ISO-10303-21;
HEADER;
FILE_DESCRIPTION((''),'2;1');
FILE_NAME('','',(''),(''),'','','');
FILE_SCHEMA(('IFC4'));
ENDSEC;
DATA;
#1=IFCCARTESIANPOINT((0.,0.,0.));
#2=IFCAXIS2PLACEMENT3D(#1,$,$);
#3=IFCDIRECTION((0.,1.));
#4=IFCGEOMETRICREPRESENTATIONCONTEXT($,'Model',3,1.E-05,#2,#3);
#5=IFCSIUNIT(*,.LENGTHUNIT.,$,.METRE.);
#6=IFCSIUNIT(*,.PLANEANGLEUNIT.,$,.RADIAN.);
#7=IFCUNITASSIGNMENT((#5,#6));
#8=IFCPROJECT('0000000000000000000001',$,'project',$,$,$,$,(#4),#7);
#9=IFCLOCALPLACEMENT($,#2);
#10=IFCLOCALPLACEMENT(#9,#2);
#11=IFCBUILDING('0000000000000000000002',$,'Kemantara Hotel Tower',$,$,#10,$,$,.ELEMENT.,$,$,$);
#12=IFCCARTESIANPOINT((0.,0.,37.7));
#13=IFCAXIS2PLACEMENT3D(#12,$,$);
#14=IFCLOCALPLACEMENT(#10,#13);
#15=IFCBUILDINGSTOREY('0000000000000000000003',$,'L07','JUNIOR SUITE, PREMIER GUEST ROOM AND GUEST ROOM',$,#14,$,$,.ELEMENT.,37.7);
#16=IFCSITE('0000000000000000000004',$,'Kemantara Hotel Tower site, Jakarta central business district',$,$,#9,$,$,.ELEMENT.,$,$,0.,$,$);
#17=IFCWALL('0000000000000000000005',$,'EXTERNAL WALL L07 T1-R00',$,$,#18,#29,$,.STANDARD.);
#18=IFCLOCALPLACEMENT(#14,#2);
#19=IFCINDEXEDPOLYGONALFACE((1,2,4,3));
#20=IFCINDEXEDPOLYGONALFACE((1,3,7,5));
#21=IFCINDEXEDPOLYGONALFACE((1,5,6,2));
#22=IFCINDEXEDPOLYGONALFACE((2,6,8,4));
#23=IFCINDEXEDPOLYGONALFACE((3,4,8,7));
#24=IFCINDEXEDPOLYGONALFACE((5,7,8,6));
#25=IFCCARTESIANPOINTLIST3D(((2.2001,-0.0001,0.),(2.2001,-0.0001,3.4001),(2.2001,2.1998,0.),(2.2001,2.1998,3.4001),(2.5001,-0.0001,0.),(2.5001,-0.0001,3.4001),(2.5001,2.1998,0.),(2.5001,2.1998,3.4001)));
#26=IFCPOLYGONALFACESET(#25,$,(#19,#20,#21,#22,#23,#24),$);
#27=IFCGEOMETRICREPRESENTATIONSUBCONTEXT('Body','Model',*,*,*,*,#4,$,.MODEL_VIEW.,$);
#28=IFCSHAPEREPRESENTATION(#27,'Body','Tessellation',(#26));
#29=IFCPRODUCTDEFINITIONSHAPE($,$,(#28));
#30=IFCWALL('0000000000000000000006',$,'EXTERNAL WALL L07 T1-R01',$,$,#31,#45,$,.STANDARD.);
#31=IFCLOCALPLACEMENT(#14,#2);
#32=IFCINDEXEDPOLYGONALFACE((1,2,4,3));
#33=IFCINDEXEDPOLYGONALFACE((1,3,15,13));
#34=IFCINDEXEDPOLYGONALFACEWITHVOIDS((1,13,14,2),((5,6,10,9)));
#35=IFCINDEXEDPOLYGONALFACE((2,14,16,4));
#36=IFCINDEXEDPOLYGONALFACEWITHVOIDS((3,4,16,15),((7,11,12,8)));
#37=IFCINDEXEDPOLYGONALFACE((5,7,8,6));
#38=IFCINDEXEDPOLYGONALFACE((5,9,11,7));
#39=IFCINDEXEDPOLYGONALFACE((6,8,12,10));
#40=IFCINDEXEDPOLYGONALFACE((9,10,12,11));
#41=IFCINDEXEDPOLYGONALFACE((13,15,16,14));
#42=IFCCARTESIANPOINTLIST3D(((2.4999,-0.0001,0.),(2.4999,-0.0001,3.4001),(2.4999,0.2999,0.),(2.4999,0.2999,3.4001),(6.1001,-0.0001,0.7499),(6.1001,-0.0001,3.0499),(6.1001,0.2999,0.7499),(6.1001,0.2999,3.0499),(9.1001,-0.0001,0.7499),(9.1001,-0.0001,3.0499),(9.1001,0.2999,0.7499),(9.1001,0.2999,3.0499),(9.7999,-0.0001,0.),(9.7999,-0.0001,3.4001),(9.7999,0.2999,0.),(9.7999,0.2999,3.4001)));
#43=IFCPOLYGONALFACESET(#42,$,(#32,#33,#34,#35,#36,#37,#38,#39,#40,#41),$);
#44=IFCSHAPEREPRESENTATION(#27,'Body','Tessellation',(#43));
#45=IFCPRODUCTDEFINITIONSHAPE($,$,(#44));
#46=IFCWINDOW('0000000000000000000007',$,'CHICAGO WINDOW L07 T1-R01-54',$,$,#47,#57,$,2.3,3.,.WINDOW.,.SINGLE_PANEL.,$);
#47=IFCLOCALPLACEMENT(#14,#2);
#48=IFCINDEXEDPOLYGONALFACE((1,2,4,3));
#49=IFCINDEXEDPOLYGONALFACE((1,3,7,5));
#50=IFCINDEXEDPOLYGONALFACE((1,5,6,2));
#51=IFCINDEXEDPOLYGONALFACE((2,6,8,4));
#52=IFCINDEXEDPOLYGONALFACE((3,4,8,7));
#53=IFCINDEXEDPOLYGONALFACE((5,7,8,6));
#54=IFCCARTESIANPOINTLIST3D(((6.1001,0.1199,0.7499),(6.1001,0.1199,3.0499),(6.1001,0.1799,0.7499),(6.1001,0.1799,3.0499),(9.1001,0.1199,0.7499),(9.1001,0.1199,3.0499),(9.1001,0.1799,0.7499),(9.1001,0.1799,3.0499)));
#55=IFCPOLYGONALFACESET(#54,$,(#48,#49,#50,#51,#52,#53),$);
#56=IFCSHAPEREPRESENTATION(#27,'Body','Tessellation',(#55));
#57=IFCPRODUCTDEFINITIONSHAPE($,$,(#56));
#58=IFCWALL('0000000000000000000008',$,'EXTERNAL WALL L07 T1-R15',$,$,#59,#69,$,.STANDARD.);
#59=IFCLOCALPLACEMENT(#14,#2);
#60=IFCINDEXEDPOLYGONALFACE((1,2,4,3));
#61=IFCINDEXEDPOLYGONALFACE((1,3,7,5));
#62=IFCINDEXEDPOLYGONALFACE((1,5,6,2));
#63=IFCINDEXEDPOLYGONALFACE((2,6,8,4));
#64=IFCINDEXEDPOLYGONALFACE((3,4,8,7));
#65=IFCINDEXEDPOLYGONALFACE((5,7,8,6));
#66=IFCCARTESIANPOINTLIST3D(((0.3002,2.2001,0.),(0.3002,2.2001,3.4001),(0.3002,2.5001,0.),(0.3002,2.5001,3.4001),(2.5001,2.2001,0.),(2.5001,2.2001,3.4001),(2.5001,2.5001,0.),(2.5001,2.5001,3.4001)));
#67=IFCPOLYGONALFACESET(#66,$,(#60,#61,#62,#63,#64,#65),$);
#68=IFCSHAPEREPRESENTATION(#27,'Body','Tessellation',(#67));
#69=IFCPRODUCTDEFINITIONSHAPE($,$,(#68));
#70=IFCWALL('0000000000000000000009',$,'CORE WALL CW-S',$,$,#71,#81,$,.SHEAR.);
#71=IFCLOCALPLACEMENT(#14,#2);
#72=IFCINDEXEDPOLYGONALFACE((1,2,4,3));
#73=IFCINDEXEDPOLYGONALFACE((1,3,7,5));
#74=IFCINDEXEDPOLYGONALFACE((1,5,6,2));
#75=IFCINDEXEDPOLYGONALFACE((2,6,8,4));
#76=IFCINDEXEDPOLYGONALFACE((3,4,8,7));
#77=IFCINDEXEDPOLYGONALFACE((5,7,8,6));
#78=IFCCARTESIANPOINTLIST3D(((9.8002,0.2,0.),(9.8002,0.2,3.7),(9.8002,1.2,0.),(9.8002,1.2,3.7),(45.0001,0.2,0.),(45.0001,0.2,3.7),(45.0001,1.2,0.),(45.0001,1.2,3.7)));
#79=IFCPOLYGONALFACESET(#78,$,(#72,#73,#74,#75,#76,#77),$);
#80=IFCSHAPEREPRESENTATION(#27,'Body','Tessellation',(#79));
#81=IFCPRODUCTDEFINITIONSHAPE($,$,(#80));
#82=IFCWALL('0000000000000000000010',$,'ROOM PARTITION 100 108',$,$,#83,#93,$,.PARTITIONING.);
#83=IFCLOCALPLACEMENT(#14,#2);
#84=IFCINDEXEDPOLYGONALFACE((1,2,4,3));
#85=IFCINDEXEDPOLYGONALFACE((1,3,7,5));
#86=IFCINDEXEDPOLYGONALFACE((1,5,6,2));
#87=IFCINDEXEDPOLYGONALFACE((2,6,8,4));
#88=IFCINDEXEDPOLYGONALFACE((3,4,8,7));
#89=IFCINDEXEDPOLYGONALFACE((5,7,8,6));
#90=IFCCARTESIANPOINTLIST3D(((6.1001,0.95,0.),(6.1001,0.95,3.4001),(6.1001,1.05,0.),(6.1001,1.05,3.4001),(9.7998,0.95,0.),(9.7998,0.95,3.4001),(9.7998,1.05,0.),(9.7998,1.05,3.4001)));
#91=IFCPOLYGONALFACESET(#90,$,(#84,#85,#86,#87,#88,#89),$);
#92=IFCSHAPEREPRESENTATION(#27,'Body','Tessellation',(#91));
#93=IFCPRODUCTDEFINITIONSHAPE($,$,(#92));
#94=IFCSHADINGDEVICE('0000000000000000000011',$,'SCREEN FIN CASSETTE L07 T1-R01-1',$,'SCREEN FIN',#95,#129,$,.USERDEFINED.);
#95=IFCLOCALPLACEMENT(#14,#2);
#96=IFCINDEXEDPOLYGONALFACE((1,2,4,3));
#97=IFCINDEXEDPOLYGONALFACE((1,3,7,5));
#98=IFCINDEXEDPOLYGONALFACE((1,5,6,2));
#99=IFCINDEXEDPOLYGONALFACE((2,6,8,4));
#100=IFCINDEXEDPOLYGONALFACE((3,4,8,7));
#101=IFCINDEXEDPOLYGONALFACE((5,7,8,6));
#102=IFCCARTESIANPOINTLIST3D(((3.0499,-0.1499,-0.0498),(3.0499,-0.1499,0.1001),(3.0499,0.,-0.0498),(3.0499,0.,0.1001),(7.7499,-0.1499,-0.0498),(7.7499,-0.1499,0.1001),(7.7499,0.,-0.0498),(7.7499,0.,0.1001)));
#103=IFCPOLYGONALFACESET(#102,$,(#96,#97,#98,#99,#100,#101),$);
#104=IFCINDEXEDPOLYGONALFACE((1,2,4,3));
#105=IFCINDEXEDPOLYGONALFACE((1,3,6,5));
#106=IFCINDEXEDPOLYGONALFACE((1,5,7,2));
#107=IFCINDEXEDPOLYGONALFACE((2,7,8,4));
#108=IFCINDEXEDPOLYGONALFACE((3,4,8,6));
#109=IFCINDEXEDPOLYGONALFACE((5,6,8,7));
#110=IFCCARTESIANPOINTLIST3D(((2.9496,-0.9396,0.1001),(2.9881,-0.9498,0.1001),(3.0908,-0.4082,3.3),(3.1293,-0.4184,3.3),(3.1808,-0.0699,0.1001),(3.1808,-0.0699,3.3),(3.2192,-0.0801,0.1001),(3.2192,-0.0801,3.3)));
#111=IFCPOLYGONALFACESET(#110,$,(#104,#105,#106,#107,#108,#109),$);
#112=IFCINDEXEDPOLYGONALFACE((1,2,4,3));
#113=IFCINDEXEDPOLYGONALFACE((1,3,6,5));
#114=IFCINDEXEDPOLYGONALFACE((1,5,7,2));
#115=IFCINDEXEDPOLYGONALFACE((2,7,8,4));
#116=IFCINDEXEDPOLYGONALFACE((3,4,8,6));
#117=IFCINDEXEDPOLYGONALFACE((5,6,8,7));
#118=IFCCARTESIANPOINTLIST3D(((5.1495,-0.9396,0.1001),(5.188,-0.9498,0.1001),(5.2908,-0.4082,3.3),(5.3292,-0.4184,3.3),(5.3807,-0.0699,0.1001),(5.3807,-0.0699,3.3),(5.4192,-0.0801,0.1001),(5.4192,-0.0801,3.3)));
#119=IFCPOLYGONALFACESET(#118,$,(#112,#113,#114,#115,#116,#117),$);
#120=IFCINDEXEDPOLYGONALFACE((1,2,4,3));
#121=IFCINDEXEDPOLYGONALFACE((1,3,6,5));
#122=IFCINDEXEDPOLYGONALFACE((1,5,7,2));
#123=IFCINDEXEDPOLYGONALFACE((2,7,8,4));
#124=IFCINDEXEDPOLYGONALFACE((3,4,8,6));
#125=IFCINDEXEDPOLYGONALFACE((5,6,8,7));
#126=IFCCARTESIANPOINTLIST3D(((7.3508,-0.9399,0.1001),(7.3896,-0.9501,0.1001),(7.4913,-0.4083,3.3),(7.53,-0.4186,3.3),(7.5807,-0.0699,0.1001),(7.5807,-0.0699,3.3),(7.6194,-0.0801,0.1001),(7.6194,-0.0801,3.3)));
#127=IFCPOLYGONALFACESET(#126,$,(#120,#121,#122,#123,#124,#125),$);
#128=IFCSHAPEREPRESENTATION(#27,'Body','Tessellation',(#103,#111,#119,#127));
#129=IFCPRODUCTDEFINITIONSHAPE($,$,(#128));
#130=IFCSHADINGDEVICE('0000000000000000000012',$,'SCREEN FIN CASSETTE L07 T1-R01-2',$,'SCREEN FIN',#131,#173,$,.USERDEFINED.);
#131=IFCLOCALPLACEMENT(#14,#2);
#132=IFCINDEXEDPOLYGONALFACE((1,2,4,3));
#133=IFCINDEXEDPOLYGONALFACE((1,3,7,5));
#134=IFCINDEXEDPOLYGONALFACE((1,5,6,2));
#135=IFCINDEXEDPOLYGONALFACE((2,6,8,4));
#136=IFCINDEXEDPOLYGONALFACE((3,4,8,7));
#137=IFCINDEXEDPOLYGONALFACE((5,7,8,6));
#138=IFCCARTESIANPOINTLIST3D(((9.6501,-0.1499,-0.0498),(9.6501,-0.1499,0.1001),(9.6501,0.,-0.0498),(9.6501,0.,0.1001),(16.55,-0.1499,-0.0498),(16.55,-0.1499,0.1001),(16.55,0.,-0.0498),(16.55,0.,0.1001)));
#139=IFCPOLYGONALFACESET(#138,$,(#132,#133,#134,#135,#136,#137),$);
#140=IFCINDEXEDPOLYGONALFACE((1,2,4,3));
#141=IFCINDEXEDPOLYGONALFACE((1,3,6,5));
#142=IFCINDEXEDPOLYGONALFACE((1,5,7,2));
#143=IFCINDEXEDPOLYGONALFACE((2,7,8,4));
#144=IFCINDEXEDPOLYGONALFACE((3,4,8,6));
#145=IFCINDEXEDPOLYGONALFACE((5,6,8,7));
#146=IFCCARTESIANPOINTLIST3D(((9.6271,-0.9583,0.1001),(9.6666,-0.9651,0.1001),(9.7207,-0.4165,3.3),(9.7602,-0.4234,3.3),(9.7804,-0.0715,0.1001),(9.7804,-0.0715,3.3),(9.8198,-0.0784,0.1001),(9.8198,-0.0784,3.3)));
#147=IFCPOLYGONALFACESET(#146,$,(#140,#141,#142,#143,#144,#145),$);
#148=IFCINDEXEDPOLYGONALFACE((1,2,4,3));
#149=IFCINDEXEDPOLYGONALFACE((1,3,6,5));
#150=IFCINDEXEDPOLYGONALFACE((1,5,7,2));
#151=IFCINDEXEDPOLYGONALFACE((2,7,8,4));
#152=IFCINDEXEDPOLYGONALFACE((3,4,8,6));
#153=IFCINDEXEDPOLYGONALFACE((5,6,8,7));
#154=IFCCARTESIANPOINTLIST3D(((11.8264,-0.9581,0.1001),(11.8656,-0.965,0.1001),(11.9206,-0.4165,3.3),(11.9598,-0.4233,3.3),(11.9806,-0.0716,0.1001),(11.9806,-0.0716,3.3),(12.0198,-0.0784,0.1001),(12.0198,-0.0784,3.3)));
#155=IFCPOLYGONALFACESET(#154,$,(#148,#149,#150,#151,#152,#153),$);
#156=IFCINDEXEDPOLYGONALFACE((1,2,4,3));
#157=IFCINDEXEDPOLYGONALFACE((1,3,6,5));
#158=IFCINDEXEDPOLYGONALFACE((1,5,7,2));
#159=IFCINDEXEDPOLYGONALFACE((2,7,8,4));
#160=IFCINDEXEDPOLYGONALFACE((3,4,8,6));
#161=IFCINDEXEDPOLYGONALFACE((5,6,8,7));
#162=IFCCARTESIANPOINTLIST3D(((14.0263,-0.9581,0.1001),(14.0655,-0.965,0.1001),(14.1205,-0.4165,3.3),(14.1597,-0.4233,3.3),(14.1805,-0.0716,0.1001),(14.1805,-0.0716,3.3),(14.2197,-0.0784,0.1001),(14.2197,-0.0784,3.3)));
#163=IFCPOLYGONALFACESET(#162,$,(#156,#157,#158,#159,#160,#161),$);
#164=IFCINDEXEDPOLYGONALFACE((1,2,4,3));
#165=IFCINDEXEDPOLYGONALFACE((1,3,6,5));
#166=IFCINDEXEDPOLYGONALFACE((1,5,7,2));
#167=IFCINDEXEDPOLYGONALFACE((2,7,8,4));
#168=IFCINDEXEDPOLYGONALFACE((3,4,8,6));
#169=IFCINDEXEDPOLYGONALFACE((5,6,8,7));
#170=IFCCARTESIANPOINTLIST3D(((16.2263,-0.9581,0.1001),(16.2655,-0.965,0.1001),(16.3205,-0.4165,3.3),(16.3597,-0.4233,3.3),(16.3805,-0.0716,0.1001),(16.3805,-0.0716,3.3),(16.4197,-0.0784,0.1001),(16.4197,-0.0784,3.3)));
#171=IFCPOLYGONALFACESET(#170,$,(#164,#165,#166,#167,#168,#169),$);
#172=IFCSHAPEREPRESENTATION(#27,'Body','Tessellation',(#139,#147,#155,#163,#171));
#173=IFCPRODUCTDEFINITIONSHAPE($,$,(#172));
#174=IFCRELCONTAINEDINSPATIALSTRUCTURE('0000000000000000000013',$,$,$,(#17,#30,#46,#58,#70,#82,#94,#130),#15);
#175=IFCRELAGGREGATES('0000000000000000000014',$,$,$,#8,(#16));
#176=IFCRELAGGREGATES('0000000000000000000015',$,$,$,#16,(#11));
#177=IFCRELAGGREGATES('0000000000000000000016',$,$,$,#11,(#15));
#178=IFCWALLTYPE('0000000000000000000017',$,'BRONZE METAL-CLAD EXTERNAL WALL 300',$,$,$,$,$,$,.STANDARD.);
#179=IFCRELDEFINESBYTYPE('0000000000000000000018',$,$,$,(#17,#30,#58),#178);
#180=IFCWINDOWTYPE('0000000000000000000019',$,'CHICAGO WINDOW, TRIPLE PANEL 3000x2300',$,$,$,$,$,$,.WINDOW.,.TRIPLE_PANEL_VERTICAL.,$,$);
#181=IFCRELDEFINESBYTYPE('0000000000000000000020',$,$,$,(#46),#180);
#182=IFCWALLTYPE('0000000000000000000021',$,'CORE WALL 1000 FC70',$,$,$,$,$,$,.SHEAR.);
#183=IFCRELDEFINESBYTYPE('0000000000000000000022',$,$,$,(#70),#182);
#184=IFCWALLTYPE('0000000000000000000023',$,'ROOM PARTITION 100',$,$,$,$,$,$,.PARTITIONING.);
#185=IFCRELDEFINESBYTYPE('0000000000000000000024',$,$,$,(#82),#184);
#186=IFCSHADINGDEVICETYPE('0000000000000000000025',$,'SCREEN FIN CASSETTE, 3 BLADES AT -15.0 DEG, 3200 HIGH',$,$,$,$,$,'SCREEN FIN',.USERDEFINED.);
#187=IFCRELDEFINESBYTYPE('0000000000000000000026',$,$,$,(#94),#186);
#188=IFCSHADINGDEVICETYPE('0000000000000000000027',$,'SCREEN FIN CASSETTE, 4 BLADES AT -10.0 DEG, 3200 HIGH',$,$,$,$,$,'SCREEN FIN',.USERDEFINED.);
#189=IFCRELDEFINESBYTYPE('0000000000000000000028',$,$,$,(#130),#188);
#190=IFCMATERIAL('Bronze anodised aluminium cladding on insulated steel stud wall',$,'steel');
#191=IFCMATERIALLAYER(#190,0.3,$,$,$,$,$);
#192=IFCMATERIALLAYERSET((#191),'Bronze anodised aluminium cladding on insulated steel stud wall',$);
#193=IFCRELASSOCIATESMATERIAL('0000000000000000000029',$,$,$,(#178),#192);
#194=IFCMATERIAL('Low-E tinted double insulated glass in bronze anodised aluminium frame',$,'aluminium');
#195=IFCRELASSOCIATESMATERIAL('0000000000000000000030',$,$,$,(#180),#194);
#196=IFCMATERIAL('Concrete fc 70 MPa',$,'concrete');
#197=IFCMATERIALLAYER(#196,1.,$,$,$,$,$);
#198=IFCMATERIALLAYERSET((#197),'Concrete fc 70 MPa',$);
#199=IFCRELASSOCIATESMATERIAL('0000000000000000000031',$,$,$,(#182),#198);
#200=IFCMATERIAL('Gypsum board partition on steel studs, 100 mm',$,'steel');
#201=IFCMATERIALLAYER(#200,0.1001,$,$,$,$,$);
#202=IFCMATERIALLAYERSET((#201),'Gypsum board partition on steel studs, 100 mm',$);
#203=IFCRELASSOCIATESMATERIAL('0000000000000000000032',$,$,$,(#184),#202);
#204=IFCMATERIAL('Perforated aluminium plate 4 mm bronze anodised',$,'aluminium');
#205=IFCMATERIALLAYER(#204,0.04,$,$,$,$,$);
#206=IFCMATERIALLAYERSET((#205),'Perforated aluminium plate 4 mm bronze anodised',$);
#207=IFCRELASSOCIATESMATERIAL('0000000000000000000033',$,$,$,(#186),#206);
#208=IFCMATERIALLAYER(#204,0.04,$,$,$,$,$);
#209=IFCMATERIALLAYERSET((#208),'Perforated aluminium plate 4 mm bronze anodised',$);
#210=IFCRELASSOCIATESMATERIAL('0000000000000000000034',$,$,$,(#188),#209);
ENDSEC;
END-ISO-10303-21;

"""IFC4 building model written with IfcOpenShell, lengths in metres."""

from ifc_helpers import new_model, si_unit, direction, frame, frame_2d, origin, origin_2d, place, context, subcontext, project, spatial, polyline, rectangle, outline, extrude, source, transform, mapped, material, layer, layer_set, type_object, element, fill, save


model = new_model("IFC4")

# Units and contexts
model_context = context("Model", 3, precision=1e-05, world=origin(), true_north=direction((0.0, 1.0)))
body_context = subcontext(model_context, "Body", "Model", "MODEL_VIEW")
ifc_project = project(units=[si_unit("LENGTHUNIT", "METRE"), si_unit("PLANEANGLEUNIT", "RADIAN")], contexts=[model_context])

# Site, building, storey
site_placement = place(None, origin())
site = spatial("IfcSite", under=ifc_project, at=site_placement, Name="Kemantara Hotel Tower site, Jakarta central business district", CompositionType="ELEMENT", RefElevation=0.0)
building_placement = place(site_placement, origin())
building = spatial("IfcBuilding", under=site, at=building_placement, Name="Kemantara Hotel Tower", CompositionType="ELEMENT")
storey_placement = place(building_placement, frame((0.0, 0.0, 37.7)))
storey = spatial("IfcBuildingStorey", under=building, at=storey_placement, Name="L07", Description="JUNIOR SUITE, PREMIER GUEST ROOM AND GUEST ROOM", CompositionType="ELEMENT", Elevation=37.7)

# Wall
ifc_material_1 = material(Name="Bronze anodised aluminium cladding on insulated steel stud wall", Category="steel")
ifc_layer_1 = layer(ifc_material_1, 0.3)
ifc_layer_set_1 = layer_set([ifc_layer_1], Name="Bronze anodised aluminium cladding on insulated steel stud wall")
wall_type_1 = type_object("IfcWallType", Name="BRONZE METAL-CLAD EXTERNAL WALL 300", PredefinedType="STANDARD", material=ifc_layer_set_1)
wall_1_placement = place(storey_placement, frame((2.3501, 2.2, 0.0), z_axis=(0.0, 0.0, 1.0), x_axis=(0.0, -1.0, 0.0)))
element("IfcWall", 1, at=wall_1_placement, inside=storey, type_object=wall_type_1, Name="EXTERNAL WALL L07 T1-R00", PredefinedType="STANDARD", context=body_context, shape_type="SweptSolid", body=[
    extrude(rectangle(XDim=2.2, YDim=0.3, at=frame_2d((1.1001, 0.0))), origin(), (0.0, 0.0, 1.0), 3.4001),
])

# Wall, opening, window
wall_2_placement = place(storey_placement, frame((2.5, 0.1499, 0.0), z_axis=(0.0, 0.0, 1.0), x_axis=(1.0, 0.0, 0.0)))
wall_2 = element("IfcWall", 2, at=wall_2_placement, inside=storey, type_object=wall_type_1, Name="EXTERNAL WALL L07 T1-R01", PredefinedType="STANDARD", context=body_context, shape_type="SweptSolid", body=[
    extrude(rectangle(XDim=7.3, YDim=0.3, at=frame_2d((3.6499, 0.0))), origin(), (0.0, 0.0, 1.0), 3.4001),
])
opening_placement = place(wall_2_placement, frame((3.6001, 0.0, 0.75)))
opening = element("IfcOpeningElement", 3, at=opening_placement, cuts=wall_2, PredefinedType="OPENING", context=body_context, shape_type="SweptSolid", body=[
    extrude(rectangle(XDim=3.0, YDim=2.3, at=frame_2d((1.5, 1.1499))), frame((0.0, 0.1599, 0.0), z_axis=(0.0, -1.0, 0.0), x_axis=(1.0, 0.0, 0.0)), (0.0, 0.0, 1.0), 0.3201),
])
ifc_material_2 = material(Name="Low-E tinted double insulated glass in bronze anodised aluminium frame", Category="aluminium")
window_type = type_object("IfcWindowType", Name="CHICAGO WINDOW, TRIPLE PANEL 3000x2300", PartitioningType="TRIPLE_PANEL_VERTICAL", PredefinedType="WINDOW", material=ifc_material_2)
window_placement = place(opening_placement, origin())
window = element("IfcWindow", 4, at=window_placement, inside=storey, type_object=window_type, Name="CHICAGO WINDOW L07 T1-R01-54", OverallHeight=2.3, OverallWidth=3.0, PartitioningType="SINGLE_PANEL", PredefinedType="WINDOW", context=body_context, shape_type="SweptSolid", body=[
    extrude(rectangle(XDim=3.0, YDim=2.3, at=frame_2d((1.5, 1.1499))), frame((0.0, 0.03, 0.0), z_axis=(0.0, -1.0, 0.0), x_axis=(1.0, 0.0, 0.0)), (0.0, 0.0, 1.0), 0.0601),
])
fill(opening, window)

# Walls
wall_3_placement = place(storey_placement, frame((0.3, 2.3501, 0.0), z_axis=(0.0, 0.0, 1.0), x_axis=(1.0, 0.0, 0.0)))
element("IfcWall", 5, at=wall_3_placement, inside=storey, type_object=wall_type_1, Name="EXTERNAL WALL L07 T1-R15", PredefinedType="STANDARD", context=body_context, shape_type="SweptSolid", body=[
    extrude(rectangle(XDim=2.2, YDim=0.3, at=frame_2d((1.1001, 0.0))), origin(), (0.0, 0.0, 1.0), 3.4001),
])
ifc_material_3 = material(Name="Concrete fc 70 MPa", Category="concrete")
ifc_layer_2 = layer(ifc_material_3, 1.0)
ifc_layer_set_2 = layer_set([ifc_layer_2], Name="Concrete fc 70 MPa")
wall_type_2 = type_object("IfcWallType", Name="CORE WALL 1000 FC70", PredefinedType="SHEAR", material=ifc_layer_set_2)
wall_4_placement = place(storey_placement, frame((9.8, 0.7, 0.0), z_axis=(0.0, 0.0, 1.0), x_axis=(1.0, 0.0, 0.0)))
element("IfcWall", 6, at=wall_4_placement, inside=storey, type_object=wall_type_2, Name="CORE WALL CW-S", PredefinedType="SHEAR", context=body_context, shape_type="SweptSolid", body=[
    extrude(rectangle(XDim=35.2, YDim=1.0, at=frame_2d((17.6001, 0.0))), origin(), (0.0, 0.0, 1.0), 3.7),
])
ifc_material_4 = material(Name="Gypsum board partition on steel studs, 100 mm", Category="steel")
ifc_layer_3 = layer(ifc_material_4, 0.1001)
ifc_layer_set_3 = layer_set([ifc_layer_3], Name="Gypsum board partition on steel studs, 100 mm")
wall_type_3 = type_object("IfcWallType", Name="ROOM PARTITION 100", PredefinedType="PARTITIONING", material=ifc_layer_set_3)
wall_5_placement = place(storey_placement, frame((6.1001, 1.0, 0.0), z_axis=(0.0, 0.0, 1.0), x_axis=(1.0, 0.0, 0.0)))
element("IfcWall", 7, at=wall_5_placement, inside=storey, type_object=wall_type_3, Name="ROOM PARTITION 100 108", PredefinedType="PARTITIONING", context=body_context, shape_type="SweptSolid", body=[
    extrude(rectangle(XDim=3.6997, YDim=0.1001, at=frame_2d((1.8499, 0.0))), origin(), (0.0, 0.0, 1.0), 3.4001),
])

# Shading devices
ifc_material_5 = material(Name="Perforated aluminium plate 4 mm bronze anodised", Category="aluminium")
ifc_layer_4 = layer(ifc_material_5, 0.04)
ifc_layer_set_4 = layer_set([ifc_layer_4], Name="Perforated aluminium plate 4 mm bronze anodised")
shading_device_type_1 = type_object("IfcShadingDeviceType", Name="SCREEN FIN CASSETTE, 3 BLADES AT -15.0 DEG, 3200 HIGH", ElementType="SCREEN FIN", PredefinedType="USERDEFINED", material=ifc_layer_set_4)
shared_shape_1 = source(origin(), body_context, "Body", "SweptSolid", [
    extrude(rectangle(XDim=4.7, YDim=0.1499, at=origin_2d()), frame((2.2, -0.075, -0.1499), z_axis=(0.0, 0.0, 1.0), x_axis=(1.0, 0.0, 0.0)), (0.0, 0.0, 1.0), 0.1499),
    extrude(outline(polyline([(0.0, 0.0), (0.8999, 0.0), (0.3501, 3.2), (0.0, 3.2), (0.0, 0.0)])), frame((0.0193, -0.0801, 0.0), z_axis=(-0.966438, 0.256901, 0.0), x_axis=(-0.256901, -0.966438, 0.0)), (0.0, 0.0, 1.0), 0.0398),
    extrude(outline(polyline([(0.0, 0.0), (0.8999, 0.0), (0.3501, 3.2), (0.0, 3.2), (0.0, 0.0)])), frame((2.2192, -0.0801, 0.0), z_axis=(-0.966438, 0.256901, 0.0), x_axis=(-0.256901, -0.966438, 0.0)), (0.0, 0.0, 1.0), 0.0398),
    extrude(outline(polyline([(0.0, 0.0), (0.8999, 0.0), (0.3501, 3.2), (0.0, 3.2), (0.0, 0.0)])), frame((4.4194, -0.0801, 0.0), z_axis=(-0.966838, 0.255391, 0.0), x_axis=(-0.255391, -0.966838, 0.0)), (0.0, 0.0, 1.0), 0.04),
])
shading_device_1_placement = place(storey_placement, frame((3.2, 0.0, 0.1001), z_axis=(0.0, 0.0, 1.0), x_axis=(1.0, 0.0, 0.0)))
element("IfcShadingDevice", 8, at=shading_device_1_placement, inside=storey, type_object=shading_device_type_1, Name="SCREEN FIN CASSETTE L07 T1-R01-1", ObjectType="SCREEN FIN", PredefinedType="USERDEFINED", context=body_context, shape_type="MappedRepresentation", body=[
    mapped(shared_shape_1, transform((0.0, 0.0, 0.0))),
])
ifc_layer_5 = layer(ifc_material_5, 0.04)
ifc_layer_set_5 = layer_set([ifc_layer_5], Name="Perforated aluminium plate 4 mm bronze anodised")
shading_device_type_2 = type_object("IfcShadingDeviceType", Name="SCREEN FIN CASSETTE, 4 BLADES AT -10.0 DEG, 3200 HIGH", ElementType="SCREEN FIN", PredefinedType="USERDEFINED", material=ifc_layer_set_5)
shared_shape_2 = source(origin(), body_context, "Body", "SweptSolid", [
    extrude(rectangle(XDim=6.8999, YDim=0.1499, at=origin_2d()), frame((3.3, -0.075, -0.1499), z_axis=(0.0, 0.0, 1.0), x_axis=(1.0, 0.0, 0.0)), (0.0, 0.0, 1.0), 0.1499),
    extrude(outline(polyline([(0.0, 0.0), (0.8999, 0.0), (0.3501, 3.2), (0.0, 3.2), (0.0, 0.0)])), frame((0.0198, -0.0784, 0.0), z_axis=(-0.98539, 0.170314, 0.0), x_axis=(-0.170314, -0.98539, 0.0)), (0.0, 0.0, 1.0), 0.04),
    extrude(outline(polyline([(0.0, 0.0), (0.8999, 0.0), (0.3501, 3.2), (0.0, 3.2), (0.0, 0.0)])), frame((2.2197, -0.0784, 0.0), z_axis=(-0.985212, 0.171341, 0.0), x_axis=(-0.171341, -0.985212, 0.0)), (0.0, 0.0, 1.0), 0.0398),
    extrude(outline(polyline([(0.0, 0.0), (0.8999, 0.0), (0.3501, 3.2), (0.0, 3.2), (0.0, 0.0)])), frame((4.4197, -0.0784, 0.0), z_axis=(-0.985212, 0.171341, 0.0), x_axis=(-0.171341, -0.985212, 0.0)), (0.0, 0.0, 1.0), 0.0398),
    extrude(outline(polyline([(0.0, 0.0), (0.8999, 0.0), (0.3501, 3.2), (0.0, 3.2), (0.0, 0.0)])), frame((6.6196, -0.0784, 0.0), z_axis=(-0.985212, 0.171341, 0.0), x_axis=(-0.171341, -0.985212, 0.0)), (0.0, 0.0, 1.0), 0.0398),
])
shading_device_2_placement = place(storey_placement, frame((9.8, 0.0, 0.1001), z_axis=(0.0, 0.0, 1.0), x_axis=(1.0, 0.0, 0.0)))
element("IfcShadingDevice", 9, at=shading_device_2_placement, inside=storey, type_object=shading_device_type_2, Name="SCREEN FIN CASSETTE L07 T1-R01-2", ObjectType="SCREEN FIN", PredefinedType="USERDEFINED", context=body_context, shape_type="MappedRepresentation", body=[
    mapped(shared_shape_2, transform((0.0, 0.0, 0.0))),
])

save(model, "model.ifc")
